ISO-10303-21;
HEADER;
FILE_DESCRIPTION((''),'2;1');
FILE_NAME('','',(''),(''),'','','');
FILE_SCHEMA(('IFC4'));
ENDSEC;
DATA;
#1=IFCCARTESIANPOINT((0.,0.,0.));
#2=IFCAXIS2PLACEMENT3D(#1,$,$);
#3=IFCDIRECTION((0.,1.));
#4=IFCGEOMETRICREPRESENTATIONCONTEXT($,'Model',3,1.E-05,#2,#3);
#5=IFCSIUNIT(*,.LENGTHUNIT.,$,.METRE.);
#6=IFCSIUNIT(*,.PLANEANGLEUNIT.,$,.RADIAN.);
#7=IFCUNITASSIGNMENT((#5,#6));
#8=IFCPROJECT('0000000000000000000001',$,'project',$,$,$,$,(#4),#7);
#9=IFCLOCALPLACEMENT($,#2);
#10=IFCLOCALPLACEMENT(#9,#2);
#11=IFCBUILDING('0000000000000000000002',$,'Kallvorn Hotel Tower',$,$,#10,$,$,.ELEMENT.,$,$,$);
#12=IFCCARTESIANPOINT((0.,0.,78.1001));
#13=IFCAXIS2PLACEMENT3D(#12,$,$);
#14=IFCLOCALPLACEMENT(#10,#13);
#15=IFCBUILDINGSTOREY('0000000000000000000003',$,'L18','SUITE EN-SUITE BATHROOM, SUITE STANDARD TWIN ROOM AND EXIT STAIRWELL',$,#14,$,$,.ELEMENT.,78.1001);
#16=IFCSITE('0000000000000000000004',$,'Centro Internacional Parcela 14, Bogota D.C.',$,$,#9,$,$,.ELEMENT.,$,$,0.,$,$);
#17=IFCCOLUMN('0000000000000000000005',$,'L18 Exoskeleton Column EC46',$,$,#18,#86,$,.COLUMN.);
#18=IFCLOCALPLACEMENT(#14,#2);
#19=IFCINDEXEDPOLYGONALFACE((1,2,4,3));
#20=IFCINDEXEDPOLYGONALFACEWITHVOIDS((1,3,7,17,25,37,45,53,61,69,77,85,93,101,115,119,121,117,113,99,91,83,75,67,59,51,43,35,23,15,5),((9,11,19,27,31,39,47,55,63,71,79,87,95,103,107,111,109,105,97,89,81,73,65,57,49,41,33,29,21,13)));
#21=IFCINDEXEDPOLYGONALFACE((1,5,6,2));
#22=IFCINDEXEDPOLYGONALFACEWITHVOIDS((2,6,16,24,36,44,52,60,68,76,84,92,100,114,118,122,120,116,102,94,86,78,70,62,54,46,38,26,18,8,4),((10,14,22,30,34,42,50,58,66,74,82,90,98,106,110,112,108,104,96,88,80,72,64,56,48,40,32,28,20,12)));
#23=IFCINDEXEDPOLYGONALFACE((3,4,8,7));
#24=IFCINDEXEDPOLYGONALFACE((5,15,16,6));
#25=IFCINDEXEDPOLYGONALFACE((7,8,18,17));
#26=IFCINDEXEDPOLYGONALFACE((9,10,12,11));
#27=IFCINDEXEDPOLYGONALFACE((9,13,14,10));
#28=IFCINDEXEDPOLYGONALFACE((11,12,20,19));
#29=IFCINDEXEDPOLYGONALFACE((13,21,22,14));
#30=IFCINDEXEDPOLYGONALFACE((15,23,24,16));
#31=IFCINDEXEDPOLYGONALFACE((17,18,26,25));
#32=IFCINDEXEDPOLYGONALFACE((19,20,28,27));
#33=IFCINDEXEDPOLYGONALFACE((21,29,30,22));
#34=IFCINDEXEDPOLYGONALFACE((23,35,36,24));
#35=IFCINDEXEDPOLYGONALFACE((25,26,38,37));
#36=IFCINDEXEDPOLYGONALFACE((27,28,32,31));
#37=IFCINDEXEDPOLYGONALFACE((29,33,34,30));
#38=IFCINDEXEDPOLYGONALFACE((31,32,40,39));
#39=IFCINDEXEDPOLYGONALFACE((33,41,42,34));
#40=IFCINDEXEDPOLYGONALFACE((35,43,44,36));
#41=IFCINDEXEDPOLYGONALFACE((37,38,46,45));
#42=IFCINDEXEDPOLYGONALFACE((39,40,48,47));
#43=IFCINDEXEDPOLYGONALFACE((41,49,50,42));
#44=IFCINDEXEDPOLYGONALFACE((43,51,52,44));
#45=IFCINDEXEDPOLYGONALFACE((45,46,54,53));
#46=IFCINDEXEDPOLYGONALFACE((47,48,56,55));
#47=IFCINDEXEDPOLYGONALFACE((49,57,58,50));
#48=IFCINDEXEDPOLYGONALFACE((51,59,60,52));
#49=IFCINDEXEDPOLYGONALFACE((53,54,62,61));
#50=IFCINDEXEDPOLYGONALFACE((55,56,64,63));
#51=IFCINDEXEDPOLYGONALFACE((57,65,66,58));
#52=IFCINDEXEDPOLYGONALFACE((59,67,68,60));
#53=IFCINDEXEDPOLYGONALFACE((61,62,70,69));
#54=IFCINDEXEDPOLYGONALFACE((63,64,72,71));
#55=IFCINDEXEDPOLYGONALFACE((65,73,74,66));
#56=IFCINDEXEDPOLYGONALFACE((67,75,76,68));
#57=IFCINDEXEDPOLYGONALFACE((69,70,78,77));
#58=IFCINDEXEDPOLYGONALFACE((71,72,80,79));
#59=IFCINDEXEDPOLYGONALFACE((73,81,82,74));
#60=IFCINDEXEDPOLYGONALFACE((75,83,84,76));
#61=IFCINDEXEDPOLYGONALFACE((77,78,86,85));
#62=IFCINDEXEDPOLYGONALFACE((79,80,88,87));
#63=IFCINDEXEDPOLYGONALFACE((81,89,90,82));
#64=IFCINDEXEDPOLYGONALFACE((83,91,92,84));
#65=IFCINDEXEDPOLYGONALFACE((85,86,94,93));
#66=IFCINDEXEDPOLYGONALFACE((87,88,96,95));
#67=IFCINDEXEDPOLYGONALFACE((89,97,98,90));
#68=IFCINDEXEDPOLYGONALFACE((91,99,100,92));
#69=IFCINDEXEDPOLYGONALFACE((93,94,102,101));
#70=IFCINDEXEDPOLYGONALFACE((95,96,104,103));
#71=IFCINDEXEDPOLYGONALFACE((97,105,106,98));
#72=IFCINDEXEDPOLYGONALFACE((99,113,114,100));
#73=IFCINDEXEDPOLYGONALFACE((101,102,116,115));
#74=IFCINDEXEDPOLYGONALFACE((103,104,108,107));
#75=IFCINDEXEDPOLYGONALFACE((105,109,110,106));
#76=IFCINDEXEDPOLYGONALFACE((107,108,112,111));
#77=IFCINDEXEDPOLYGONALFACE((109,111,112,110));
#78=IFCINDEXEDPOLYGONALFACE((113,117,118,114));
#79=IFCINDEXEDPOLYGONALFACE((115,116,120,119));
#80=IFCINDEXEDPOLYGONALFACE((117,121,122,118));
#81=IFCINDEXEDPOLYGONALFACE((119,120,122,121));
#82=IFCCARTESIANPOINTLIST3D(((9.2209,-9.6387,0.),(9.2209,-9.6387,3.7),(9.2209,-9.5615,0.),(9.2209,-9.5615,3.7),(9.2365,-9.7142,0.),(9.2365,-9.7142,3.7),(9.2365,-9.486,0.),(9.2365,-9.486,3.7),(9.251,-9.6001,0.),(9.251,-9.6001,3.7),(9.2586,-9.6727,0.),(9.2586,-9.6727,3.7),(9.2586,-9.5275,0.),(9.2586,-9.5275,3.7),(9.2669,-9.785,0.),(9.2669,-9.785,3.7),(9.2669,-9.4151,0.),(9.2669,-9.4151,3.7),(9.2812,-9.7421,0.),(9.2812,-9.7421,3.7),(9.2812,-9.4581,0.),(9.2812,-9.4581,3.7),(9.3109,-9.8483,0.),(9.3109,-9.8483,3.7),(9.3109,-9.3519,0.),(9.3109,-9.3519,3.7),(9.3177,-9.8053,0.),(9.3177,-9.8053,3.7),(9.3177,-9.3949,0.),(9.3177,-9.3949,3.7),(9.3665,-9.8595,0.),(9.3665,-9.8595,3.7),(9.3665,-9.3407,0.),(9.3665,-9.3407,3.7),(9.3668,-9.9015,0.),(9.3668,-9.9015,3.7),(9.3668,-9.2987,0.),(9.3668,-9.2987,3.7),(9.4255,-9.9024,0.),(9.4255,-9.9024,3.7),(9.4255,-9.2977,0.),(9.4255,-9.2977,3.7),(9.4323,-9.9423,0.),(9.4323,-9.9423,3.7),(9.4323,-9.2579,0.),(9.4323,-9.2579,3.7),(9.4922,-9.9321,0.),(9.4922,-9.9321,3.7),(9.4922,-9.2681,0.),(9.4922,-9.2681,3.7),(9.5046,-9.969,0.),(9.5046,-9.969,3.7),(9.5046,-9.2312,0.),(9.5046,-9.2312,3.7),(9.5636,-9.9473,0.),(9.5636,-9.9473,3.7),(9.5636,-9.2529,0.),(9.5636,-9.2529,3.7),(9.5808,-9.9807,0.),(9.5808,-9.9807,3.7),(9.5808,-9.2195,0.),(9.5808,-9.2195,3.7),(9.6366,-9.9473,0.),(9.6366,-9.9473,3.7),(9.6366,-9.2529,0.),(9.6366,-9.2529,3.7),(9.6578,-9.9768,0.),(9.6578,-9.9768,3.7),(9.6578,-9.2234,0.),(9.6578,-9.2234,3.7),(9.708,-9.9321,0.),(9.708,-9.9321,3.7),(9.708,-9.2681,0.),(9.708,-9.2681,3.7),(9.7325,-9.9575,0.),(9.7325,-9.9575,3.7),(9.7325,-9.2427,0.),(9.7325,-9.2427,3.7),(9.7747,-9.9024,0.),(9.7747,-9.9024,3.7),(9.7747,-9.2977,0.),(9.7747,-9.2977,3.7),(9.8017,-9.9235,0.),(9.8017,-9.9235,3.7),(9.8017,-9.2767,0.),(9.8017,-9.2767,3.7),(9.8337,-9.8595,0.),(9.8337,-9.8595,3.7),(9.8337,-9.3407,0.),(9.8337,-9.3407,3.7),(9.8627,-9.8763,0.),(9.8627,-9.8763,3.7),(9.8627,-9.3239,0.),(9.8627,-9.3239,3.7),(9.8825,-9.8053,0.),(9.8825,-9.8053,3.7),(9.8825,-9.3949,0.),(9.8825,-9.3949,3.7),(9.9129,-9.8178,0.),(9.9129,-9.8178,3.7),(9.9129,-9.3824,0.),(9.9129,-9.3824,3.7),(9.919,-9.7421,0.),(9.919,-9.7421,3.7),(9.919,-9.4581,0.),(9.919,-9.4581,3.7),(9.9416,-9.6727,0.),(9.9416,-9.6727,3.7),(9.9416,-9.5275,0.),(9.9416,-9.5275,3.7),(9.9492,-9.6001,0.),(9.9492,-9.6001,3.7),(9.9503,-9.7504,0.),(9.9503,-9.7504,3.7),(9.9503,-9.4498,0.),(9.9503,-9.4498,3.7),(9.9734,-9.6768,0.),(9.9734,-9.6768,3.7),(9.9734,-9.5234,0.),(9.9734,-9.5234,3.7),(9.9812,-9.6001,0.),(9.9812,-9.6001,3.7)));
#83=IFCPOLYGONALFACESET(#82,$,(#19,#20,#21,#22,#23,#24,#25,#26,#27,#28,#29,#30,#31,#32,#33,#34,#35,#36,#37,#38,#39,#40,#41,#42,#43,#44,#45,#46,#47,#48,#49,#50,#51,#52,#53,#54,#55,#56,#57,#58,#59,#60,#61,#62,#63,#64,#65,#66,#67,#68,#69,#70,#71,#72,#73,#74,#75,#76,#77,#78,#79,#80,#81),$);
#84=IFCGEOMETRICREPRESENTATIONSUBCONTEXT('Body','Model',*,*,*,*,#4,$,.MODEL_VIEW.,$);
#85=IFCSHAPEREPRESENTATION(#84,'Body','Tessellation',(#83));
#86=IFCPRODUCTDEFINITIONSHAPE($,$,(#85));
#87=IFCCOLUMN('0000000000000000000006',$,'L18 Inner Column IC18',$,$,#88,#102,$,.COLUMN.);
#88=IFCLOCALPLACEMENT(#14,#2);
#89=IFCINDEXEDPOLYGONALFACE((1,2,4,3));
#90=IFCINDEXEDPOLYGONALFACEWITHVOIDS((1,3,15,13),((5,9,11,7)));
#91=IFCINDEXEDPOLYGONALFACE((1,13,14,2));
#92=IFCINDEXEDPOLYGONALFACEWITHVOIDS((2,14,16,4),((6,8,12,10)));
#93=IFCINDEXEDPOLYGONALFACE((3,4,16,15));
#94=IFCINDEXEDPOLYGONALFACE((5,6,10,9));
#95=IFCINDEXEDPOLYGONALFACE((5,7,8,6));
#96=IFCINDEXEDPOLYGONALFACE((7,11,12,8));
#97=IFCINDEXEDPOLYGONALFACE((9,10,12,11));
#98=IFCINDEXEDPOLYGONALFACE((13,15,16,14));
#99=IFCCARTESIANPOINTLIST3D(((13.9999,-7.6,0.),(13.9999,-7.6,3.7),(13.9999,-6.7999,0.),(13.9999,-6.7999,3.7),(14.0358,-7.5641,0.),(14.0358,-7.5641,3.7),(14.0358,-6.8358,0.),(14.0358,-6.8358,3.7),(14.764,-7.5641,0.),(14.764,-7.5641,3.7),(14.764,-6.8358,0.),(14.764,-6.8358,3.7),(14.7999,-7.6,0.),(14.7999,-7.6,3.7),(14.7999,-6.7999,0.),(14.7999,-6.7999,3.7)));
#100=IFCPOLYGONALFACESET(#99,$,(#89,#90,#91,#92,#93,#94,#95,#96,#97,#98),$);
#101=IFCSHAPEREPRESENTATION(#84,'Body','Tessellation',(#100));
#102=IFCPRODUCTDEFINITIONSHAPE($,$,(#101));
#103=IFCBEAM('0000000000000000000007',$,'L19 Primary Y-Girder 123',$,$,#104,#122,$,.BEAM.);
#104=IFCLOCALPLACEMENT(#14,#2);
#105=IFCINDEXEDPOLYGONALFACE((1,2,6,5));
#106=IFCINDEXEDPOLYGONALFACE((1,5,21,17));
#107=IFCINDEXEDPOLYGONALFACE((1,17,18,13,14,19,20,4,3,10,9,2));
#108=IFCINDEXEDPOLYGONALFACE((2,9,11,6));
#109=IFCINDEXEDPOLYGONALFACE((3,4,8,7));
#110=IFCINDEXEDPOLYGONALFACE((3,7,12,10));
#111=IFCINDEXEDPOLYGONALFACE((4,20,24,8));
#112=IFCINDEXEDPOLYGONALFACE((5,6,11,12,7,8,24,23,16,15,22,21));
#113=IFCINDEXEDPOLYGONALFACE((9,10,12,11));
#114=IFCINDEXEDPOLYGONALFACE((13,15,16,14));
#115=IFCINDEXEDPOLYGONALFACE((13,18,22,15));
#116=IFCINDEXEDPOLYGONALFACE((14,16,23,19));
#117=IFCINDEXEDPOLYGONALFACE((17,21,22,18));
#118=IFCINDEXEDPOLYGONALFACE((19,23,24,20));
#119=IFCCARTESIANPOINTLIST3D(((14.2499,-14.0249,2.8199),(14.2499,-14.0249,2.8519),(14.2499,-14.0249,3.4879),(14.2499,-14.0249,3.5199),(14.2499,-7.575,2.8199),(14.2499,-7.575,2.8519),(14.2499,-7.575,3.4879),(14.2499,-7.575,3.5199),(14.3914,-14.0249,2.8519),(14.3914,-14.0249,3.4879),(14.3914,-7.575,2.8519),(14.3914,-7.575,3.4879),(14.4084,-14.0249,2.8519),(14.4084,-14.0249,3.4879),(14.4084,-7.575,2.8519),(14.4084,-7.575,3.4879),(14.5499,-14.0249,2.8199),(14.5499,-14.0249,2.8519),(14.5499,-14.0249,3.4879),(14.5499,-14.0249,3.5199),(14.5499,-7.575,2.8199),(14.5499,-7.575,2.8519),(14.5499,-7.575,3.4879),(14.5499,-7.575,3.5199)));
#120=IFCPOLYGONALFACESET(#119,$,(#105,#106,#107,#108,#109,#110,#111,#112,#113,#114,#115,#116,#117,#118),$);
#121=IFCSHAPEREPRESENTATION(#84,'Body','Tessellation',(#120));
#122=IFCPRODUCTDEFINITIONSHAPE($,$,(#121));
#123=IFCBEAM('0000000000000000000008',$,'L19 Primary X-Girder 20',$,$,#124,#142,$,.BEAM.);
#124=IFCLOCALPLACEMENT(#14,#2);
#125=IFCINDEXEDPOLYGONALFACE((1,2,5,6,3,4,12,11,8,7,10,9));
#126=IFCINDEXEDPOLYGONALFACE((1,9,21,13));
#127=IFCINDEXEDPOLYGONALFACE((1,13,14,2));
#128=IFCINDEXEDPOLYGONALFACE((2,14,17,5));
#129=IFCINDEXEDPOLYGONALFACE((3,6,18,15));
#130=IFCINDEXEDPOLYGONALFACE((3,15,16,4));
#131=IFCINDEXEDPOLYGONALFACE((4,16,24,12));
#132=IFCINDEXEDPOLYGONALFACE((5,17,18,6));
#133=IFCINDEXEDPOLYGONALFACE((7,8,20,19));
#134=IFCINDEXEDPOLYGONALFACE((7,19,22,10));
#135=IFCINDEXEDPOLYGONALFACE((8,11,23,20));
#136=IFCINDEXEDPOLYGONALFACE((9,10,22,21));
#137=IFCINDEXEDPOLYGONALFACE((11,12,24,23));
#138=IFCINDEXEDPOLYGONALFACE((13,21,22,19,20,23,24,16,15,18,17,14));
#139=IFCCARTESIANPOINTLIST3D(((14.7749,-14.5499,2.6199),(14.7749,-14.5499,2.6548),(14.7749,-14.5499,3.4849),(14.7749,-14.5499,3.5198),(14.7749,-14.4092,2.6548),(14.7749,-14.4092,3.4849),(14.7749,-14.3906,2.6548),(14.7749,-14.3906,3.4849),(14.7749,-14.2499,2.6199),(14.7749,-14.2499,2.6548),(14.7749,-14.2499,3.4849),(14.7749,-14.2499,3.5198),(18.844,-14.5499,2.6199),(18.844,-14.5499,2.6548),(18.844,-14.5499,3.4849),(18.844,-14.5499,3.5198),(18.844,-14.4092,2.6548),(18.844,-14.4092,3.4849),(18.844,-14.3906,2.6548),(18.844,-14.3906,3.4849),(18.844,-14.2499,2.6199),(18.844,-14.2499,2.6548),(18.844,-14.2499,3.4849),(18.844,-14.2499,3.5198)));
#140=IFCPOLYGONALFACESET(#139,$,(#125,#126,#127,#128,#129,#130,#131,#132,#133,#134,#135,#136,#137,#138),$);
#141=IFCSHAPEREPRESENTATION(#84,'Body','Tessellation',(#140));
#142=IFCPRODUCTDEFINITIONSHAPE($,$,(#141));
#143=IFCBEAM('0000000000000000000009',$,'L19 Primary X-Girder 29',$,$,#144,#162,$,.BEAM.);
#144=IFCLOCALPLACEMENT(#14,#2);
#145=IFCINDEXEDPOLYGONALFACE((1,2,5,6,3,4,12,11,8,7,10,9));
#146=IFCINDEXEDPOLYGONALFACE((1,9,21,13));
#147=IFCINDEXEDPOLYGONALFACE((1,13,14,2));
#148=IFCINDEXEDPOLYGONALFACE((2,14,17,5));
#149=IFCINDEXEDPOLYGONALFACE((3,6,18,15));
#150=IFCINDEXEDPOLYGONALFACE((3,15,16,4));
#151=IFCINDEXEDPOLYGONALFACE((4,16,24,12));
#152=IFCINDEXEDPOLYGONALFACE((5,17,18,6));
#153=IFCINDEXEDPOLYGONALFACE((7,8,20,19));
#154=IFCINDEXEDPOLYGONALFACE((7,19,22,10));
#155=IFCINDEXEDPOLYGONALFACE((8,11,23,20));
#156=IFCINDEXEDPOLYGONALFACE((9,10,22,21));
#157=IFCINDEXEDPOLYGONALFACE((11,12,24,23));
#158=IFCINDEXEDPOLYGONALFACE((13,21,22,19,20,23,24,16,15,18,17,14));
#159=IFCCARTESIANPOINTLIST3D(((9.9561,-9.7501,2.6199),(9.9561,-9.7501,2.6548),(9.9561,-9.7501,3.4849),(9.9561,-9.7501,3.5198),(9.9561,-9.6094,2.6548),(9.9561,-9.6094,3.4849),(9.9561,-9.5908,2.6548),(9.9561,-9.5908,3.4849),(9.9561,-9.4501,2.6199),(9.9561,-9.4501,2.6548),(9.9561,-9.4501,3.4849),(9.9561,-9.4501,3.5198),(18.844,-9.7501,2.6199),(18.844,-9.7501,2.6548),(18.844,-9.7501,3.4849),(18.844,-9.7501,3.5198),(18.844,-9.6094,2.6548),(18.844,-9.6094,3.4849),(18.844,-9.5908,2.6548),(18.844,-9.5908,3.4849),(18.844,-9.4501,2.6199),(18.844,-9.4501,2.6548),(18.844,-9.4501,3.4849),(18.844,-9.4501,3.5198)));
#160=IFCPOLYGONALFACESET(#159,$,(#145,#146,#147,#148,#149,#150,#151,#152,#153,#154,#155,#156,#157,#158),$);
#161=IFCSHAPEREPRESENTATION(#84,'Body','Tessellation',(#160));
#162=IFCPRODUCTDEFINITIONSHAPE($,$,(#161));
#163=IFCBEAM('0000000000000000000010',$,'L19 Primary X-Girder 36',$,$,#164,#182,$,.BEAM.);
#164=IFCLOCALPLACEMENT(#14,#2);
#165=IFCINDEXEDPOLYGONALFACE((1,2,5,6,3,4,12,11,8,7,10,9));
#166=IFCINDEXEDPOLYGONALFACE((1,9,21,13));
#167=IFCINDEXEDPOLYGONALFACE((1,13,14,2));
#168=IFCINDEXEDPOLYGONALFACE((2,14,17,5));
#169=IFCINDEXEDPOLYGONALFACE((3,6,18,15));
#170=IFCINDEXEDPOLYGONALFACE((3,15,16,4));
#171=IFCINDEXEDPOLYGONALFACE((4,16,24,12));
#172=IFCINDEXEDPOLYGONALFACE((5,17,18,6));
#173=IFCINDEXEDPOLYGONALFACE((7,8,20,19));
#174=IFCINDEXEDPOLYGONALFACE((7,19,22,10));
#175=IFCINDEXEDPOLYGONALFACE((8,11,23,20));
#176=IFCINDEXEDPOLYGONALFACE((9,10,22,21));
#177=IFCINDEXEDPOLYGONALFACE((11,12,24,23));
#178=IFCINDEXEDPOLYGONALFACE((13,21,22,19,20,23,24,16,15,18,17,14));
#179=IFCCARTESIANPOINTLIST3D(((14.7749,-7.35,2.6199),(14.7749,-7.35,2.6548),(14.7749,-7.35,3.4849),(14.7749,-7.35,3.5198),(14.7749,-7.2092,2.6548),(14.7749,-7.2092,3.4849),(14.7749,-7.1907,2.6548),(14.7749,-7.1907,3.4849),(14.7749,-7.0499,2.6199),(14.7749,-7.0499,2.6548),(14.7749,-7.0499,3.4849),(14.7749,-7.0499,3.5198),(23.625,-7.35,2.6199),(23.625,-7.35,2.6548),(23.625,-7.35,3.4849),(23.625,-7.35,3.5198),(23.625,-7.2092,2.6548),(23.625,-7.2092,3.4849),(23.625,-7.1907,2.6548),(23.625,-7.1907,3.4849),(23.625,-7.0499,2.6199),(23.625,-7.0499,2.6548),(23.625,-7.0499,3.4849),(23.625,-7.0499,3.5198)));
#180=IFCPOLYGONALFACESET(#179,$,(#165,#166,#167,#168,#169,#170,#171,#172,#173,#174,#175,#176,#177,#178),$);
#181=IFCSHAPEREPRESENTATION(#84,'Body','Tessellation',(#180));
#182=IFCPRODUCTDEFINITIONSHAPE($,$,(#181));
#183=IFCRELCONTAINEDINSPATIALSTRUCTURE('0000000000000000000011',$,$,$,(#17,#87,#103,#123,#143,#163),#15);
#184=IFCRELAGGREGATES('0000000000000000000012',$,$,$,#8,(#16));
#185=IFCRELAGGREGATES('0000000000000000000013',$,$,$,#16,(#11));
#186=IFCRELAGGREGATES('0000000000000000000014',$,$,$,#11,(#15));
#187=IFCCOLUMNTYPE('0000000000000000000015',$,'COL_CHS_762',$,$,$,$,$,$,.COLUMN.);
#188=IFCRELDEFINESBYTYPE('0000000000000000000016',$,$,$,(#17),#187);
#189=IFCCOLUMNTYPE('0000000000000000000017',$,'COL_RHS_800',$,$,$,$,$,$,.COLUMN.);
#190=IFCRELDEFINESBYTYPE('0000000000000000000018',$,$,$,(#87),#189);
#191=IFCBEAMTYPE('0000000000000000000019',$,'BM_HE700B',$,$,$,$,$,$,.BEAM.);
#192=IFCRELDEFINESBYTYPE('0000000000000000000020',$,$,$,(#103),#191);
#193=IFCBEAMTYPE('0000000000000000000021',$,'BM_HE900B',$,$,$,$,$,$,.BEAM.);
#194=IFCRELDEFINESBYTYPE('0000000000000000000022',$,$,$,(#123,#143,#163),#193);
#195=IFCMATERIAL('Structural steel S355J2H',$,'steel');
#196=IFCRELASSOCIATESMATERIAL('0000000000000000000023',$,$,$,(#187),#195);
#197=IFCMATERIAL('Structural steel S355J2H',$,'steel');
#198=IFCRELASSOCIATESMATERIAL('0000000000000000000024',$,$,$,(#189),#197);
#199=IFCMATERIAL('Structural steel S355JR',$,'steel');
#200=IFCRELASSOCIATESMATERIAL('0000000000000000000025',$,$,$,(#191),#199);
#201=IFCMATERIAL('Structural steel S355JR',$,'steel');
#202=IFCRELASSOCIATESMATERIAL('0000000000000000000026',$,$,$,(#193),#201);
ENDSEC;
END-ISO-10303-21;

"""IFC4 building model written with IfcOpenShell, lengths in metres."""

from ifc_helpers import new_model, si_unit, direction, frame, origin, origin_2d, place, context, subcontext, project, spatial, hollow_rectangle, hollow_circle, i_section, extrude, material, material_profile, profile_set, type_object, element, save


model = new_model("IFC4")

# Units and contexts
model_context = context("Model", 3, precision=1e-05, world=origin(), true_north=direction((0.0, 1.0)))
body_context = subcontext(model_context, "Body", "Model", "MODEL_VIEW")
ifc_project = project(units=[si_unit("LENGTHUNIT", "METRE"), si_unit("PLANEANGLEUNIT", "RADIAN")], contexts=[model_context])

# Site, building, storey
site_placement = place(None, origin())
site = spatial("IfcSite", under=ifc_project, at=site_placement, Name="Centro Internacional Parcela 14, Bogota D.C.", CompositionType="ELEMENT", RefElevation=0.0)
building_placement = place(site_placement, origin())
building = spatial("IfcBuilding", under=site, at=building_placement, Name="Kallvorn Hotel Tower", CompositionType="ELEMENT")
storey_placement = place(building_placement, frame((0.0, 0.0, 78.1001)))
storey = spatial("IfcBuildingStorey", under=building, at=storey_placement, Name="L18", Description="SUITE EN-SUITE BATHROOM, SUITE STANDARD TWIN ROOM AND EXIT STAIRWELL", CompositionType="ELEMENT", Elevation=78.1001)

# Columns
ifc_material_1 = material(Name="Structural steel S355J2H", Category="steel")
ifc_material_profile_1 = material_profile(ifc_material_1, hollow_circle(Radius=0.3811, WallThickness=0.032, at=origin_2d()), Name="CHS 762x32")
ifc_profile_set_1 = profile_set([ifc_material_profile_1], Name="Structural steel S355J2H")
column_type_1 = type_object("IfcColumnType", Name="COL_CHS_762", PredefinedType="COLUMN", material=ifc_profile_set_1)
column_1_placement = place(storey_placement, frame((9.6001, -9.6001, 0.0), z_axis=(0.0, 0.0, 1.0), x_axis=(1.0, 0.0, 0.0)))
element("IfcColumn", 1, at=column_1_placement, inside=storey, type_object=column_type_1, Name="L18 Exoskeleton Column EC46", PredefinedType="COLUMN", context=body_context, shape_type="SweptSolid", body=[
    extrude(hollow_circle(Radius=0.3811, WallThickness=0.032, at=origin_2d()), origin(), (0.0, 0.0, 1.0), 3.7),
])
ifc_material_2 = material(Name="Structural steel S355J2H", Category="steel")
ifc_material_profile_2 = material_profile(ifc_material_2, hollow_rectangle(XDim=0.8, YDim=0.8, WallThickness=0.0359, at=origin_2d()), Name="RHS 800x800x36")
ifc_profile_set_2 = profile_set([ifc_material_profile_2], Name="Structural steel S355J2H")
column_type_2 = type_object("IfcColumnType", Name="COL_RHS_800", PredefinedType="COLUMN", material=ifc_profile_set_2)
column_2_placement = place(storey_placement, frame((14.3999, -7.2, 0.0), z_axis=(0.0, 0.0, 1.0), x_axis=(1.0, 0.0, 0.0)))
element("IfcColumn", 2, at=column_2_placement, inside=storey, type_object=column_type_2, Name="L18 Inner Column IC18", PredefinedType="COLUMN", context=body_context, shape_type="SweptSolid", body=[
    extrude(hollow_rectangle(XDim=0.8, YDim=0.8, WallThickness=0.0359, at=origin_2d()), origin(), (0.0, 0.0, 1.0), 3.7),
])

# Beams
ifc_material_3 = material(Name="Structural steel S355JR", Category="steel")
ifc_material_profile_3 = material_profile(ifc_material_3, i_section(OverallWidth=0.3, OverallDepth=0.7, WebThickness=0.0171, FlangeThickness=0.032, at=origin_2d()), Name="HE 700 B")
ifc_profile_set_3 = profile_set([ifc_material_profile_3], Name="Structural steel S355JR")
beam_type_1 = type_object("IfcBeamType", Name="BM_HE700B", PredefinedType="BEAM", material=ifc_profile_set_3)
beam_1_placement = place(storey_placement, frame((14.3999, -14.0249, 3.1699), z_axis=(0.0, 1.0, 0.0), x_axis=(-1.0, 0.0, 0.0)))
element("IfcBeam", 3, at=beam_1_placement, inside=storey, type_object=beam_type_1, Name="L19 Primary Y-Girder 123", PredefinedType="BEAM", context=body_context, shape_type="SweptSolid", body=[
    extrude(i_section(OverallWidth=0.3, OverallDepth=0.7, WebThickness=0.0171, FlangeThickness=0.032, at=origin_2d()), origin(), (0.0, 0.0, 1.0), 6.45),
])
ifc_material_4 = material(Name="Structural steel S355JR", Category="steel")
ifc_material_profile_4 = material_profile(ifc_material_4, i_section(OverallWidth=0.3, OverallDepth=0.8999, WebThickness=0.0186, FlangeThickness=0.0349, at=origin_2d()), Name="HE 900 B")
ifc_profile_set_4 = profile_set([ifc_material_profile_4], Name="Structural steel S355JR")
beam_type_2 = type_object("IfcBeamType", Name="BM_HE900B", PredefinedType="BEAM", material=ifc_profile_set_4)
beam_2_placement = place(storey_placement, frame((14.7749, -14.3999, 3.0698), z_axis=(1.0, 0.0, 0.0), x_axis=(0.0, 1.0, 0.0)))
element("IfcBeam", 4, at=beam_2_placement, inside=storey, type_object=beam_type_2, Name="L19 Primary X-Girder 20", PredefinedType="BEAM", context=body_context, shape_type="SweptSolid", body=[
    extrude(i_section(OverallWidth=0.3, OverallDepth=0.8999, WebThickness=0.0186, FlangeThickness=0.0349, at=origin_2d()), origin(), (0.0, 0.0, 1.0), 4.0691),
])
beam_3_placement = place(storey_placement, frame((9.9561, -9.6001, 3.0698), z_axis=(1.0, 0.0, 0.0), x_axis=(0.0, 1.0, 0.0)))
element("IfcBeam", 5, at=beam_3_placement, inside=storey, type_object=beam_type_2, Name="L19 Primary X-Girder 29", PredefinedType="BEAM", context=body_context, shape_type="SweptSolid", body=[
    extrude(i_section(OverallWidth=0.3, OverallDepth=0.8999, WebThickness=0.0186, FlangeThickness=0.0349, at=origin_2d()), origin(), (0.0, 0.0, 1.0), 8.8879),
])
beam_4_placement = place(storey_placement, frame((14.7749, -7.2, 3.0698), z_axis=(1.0, 0.0, 0.0), x_axis=(0.0, 1.0, 0.0)))
element("IfcBeam", 6, at=beam_4_placement, inside=storey, type_object=beam_type_2, Name="L19 Primary X-Girder 36", PredefinedType="BEAM", context=body_context, shape_type="SweptSolid", body=[
    extrude(i_section(OverallWidth=0.3, OverallDepth=0.8999, WebThickness=0.0186, FlangeThickness=0.0349, at=origin_2d()), origin(), (0.0, 0.0, 1.0), 8.8501),
])

save(model, "model.ifc")
